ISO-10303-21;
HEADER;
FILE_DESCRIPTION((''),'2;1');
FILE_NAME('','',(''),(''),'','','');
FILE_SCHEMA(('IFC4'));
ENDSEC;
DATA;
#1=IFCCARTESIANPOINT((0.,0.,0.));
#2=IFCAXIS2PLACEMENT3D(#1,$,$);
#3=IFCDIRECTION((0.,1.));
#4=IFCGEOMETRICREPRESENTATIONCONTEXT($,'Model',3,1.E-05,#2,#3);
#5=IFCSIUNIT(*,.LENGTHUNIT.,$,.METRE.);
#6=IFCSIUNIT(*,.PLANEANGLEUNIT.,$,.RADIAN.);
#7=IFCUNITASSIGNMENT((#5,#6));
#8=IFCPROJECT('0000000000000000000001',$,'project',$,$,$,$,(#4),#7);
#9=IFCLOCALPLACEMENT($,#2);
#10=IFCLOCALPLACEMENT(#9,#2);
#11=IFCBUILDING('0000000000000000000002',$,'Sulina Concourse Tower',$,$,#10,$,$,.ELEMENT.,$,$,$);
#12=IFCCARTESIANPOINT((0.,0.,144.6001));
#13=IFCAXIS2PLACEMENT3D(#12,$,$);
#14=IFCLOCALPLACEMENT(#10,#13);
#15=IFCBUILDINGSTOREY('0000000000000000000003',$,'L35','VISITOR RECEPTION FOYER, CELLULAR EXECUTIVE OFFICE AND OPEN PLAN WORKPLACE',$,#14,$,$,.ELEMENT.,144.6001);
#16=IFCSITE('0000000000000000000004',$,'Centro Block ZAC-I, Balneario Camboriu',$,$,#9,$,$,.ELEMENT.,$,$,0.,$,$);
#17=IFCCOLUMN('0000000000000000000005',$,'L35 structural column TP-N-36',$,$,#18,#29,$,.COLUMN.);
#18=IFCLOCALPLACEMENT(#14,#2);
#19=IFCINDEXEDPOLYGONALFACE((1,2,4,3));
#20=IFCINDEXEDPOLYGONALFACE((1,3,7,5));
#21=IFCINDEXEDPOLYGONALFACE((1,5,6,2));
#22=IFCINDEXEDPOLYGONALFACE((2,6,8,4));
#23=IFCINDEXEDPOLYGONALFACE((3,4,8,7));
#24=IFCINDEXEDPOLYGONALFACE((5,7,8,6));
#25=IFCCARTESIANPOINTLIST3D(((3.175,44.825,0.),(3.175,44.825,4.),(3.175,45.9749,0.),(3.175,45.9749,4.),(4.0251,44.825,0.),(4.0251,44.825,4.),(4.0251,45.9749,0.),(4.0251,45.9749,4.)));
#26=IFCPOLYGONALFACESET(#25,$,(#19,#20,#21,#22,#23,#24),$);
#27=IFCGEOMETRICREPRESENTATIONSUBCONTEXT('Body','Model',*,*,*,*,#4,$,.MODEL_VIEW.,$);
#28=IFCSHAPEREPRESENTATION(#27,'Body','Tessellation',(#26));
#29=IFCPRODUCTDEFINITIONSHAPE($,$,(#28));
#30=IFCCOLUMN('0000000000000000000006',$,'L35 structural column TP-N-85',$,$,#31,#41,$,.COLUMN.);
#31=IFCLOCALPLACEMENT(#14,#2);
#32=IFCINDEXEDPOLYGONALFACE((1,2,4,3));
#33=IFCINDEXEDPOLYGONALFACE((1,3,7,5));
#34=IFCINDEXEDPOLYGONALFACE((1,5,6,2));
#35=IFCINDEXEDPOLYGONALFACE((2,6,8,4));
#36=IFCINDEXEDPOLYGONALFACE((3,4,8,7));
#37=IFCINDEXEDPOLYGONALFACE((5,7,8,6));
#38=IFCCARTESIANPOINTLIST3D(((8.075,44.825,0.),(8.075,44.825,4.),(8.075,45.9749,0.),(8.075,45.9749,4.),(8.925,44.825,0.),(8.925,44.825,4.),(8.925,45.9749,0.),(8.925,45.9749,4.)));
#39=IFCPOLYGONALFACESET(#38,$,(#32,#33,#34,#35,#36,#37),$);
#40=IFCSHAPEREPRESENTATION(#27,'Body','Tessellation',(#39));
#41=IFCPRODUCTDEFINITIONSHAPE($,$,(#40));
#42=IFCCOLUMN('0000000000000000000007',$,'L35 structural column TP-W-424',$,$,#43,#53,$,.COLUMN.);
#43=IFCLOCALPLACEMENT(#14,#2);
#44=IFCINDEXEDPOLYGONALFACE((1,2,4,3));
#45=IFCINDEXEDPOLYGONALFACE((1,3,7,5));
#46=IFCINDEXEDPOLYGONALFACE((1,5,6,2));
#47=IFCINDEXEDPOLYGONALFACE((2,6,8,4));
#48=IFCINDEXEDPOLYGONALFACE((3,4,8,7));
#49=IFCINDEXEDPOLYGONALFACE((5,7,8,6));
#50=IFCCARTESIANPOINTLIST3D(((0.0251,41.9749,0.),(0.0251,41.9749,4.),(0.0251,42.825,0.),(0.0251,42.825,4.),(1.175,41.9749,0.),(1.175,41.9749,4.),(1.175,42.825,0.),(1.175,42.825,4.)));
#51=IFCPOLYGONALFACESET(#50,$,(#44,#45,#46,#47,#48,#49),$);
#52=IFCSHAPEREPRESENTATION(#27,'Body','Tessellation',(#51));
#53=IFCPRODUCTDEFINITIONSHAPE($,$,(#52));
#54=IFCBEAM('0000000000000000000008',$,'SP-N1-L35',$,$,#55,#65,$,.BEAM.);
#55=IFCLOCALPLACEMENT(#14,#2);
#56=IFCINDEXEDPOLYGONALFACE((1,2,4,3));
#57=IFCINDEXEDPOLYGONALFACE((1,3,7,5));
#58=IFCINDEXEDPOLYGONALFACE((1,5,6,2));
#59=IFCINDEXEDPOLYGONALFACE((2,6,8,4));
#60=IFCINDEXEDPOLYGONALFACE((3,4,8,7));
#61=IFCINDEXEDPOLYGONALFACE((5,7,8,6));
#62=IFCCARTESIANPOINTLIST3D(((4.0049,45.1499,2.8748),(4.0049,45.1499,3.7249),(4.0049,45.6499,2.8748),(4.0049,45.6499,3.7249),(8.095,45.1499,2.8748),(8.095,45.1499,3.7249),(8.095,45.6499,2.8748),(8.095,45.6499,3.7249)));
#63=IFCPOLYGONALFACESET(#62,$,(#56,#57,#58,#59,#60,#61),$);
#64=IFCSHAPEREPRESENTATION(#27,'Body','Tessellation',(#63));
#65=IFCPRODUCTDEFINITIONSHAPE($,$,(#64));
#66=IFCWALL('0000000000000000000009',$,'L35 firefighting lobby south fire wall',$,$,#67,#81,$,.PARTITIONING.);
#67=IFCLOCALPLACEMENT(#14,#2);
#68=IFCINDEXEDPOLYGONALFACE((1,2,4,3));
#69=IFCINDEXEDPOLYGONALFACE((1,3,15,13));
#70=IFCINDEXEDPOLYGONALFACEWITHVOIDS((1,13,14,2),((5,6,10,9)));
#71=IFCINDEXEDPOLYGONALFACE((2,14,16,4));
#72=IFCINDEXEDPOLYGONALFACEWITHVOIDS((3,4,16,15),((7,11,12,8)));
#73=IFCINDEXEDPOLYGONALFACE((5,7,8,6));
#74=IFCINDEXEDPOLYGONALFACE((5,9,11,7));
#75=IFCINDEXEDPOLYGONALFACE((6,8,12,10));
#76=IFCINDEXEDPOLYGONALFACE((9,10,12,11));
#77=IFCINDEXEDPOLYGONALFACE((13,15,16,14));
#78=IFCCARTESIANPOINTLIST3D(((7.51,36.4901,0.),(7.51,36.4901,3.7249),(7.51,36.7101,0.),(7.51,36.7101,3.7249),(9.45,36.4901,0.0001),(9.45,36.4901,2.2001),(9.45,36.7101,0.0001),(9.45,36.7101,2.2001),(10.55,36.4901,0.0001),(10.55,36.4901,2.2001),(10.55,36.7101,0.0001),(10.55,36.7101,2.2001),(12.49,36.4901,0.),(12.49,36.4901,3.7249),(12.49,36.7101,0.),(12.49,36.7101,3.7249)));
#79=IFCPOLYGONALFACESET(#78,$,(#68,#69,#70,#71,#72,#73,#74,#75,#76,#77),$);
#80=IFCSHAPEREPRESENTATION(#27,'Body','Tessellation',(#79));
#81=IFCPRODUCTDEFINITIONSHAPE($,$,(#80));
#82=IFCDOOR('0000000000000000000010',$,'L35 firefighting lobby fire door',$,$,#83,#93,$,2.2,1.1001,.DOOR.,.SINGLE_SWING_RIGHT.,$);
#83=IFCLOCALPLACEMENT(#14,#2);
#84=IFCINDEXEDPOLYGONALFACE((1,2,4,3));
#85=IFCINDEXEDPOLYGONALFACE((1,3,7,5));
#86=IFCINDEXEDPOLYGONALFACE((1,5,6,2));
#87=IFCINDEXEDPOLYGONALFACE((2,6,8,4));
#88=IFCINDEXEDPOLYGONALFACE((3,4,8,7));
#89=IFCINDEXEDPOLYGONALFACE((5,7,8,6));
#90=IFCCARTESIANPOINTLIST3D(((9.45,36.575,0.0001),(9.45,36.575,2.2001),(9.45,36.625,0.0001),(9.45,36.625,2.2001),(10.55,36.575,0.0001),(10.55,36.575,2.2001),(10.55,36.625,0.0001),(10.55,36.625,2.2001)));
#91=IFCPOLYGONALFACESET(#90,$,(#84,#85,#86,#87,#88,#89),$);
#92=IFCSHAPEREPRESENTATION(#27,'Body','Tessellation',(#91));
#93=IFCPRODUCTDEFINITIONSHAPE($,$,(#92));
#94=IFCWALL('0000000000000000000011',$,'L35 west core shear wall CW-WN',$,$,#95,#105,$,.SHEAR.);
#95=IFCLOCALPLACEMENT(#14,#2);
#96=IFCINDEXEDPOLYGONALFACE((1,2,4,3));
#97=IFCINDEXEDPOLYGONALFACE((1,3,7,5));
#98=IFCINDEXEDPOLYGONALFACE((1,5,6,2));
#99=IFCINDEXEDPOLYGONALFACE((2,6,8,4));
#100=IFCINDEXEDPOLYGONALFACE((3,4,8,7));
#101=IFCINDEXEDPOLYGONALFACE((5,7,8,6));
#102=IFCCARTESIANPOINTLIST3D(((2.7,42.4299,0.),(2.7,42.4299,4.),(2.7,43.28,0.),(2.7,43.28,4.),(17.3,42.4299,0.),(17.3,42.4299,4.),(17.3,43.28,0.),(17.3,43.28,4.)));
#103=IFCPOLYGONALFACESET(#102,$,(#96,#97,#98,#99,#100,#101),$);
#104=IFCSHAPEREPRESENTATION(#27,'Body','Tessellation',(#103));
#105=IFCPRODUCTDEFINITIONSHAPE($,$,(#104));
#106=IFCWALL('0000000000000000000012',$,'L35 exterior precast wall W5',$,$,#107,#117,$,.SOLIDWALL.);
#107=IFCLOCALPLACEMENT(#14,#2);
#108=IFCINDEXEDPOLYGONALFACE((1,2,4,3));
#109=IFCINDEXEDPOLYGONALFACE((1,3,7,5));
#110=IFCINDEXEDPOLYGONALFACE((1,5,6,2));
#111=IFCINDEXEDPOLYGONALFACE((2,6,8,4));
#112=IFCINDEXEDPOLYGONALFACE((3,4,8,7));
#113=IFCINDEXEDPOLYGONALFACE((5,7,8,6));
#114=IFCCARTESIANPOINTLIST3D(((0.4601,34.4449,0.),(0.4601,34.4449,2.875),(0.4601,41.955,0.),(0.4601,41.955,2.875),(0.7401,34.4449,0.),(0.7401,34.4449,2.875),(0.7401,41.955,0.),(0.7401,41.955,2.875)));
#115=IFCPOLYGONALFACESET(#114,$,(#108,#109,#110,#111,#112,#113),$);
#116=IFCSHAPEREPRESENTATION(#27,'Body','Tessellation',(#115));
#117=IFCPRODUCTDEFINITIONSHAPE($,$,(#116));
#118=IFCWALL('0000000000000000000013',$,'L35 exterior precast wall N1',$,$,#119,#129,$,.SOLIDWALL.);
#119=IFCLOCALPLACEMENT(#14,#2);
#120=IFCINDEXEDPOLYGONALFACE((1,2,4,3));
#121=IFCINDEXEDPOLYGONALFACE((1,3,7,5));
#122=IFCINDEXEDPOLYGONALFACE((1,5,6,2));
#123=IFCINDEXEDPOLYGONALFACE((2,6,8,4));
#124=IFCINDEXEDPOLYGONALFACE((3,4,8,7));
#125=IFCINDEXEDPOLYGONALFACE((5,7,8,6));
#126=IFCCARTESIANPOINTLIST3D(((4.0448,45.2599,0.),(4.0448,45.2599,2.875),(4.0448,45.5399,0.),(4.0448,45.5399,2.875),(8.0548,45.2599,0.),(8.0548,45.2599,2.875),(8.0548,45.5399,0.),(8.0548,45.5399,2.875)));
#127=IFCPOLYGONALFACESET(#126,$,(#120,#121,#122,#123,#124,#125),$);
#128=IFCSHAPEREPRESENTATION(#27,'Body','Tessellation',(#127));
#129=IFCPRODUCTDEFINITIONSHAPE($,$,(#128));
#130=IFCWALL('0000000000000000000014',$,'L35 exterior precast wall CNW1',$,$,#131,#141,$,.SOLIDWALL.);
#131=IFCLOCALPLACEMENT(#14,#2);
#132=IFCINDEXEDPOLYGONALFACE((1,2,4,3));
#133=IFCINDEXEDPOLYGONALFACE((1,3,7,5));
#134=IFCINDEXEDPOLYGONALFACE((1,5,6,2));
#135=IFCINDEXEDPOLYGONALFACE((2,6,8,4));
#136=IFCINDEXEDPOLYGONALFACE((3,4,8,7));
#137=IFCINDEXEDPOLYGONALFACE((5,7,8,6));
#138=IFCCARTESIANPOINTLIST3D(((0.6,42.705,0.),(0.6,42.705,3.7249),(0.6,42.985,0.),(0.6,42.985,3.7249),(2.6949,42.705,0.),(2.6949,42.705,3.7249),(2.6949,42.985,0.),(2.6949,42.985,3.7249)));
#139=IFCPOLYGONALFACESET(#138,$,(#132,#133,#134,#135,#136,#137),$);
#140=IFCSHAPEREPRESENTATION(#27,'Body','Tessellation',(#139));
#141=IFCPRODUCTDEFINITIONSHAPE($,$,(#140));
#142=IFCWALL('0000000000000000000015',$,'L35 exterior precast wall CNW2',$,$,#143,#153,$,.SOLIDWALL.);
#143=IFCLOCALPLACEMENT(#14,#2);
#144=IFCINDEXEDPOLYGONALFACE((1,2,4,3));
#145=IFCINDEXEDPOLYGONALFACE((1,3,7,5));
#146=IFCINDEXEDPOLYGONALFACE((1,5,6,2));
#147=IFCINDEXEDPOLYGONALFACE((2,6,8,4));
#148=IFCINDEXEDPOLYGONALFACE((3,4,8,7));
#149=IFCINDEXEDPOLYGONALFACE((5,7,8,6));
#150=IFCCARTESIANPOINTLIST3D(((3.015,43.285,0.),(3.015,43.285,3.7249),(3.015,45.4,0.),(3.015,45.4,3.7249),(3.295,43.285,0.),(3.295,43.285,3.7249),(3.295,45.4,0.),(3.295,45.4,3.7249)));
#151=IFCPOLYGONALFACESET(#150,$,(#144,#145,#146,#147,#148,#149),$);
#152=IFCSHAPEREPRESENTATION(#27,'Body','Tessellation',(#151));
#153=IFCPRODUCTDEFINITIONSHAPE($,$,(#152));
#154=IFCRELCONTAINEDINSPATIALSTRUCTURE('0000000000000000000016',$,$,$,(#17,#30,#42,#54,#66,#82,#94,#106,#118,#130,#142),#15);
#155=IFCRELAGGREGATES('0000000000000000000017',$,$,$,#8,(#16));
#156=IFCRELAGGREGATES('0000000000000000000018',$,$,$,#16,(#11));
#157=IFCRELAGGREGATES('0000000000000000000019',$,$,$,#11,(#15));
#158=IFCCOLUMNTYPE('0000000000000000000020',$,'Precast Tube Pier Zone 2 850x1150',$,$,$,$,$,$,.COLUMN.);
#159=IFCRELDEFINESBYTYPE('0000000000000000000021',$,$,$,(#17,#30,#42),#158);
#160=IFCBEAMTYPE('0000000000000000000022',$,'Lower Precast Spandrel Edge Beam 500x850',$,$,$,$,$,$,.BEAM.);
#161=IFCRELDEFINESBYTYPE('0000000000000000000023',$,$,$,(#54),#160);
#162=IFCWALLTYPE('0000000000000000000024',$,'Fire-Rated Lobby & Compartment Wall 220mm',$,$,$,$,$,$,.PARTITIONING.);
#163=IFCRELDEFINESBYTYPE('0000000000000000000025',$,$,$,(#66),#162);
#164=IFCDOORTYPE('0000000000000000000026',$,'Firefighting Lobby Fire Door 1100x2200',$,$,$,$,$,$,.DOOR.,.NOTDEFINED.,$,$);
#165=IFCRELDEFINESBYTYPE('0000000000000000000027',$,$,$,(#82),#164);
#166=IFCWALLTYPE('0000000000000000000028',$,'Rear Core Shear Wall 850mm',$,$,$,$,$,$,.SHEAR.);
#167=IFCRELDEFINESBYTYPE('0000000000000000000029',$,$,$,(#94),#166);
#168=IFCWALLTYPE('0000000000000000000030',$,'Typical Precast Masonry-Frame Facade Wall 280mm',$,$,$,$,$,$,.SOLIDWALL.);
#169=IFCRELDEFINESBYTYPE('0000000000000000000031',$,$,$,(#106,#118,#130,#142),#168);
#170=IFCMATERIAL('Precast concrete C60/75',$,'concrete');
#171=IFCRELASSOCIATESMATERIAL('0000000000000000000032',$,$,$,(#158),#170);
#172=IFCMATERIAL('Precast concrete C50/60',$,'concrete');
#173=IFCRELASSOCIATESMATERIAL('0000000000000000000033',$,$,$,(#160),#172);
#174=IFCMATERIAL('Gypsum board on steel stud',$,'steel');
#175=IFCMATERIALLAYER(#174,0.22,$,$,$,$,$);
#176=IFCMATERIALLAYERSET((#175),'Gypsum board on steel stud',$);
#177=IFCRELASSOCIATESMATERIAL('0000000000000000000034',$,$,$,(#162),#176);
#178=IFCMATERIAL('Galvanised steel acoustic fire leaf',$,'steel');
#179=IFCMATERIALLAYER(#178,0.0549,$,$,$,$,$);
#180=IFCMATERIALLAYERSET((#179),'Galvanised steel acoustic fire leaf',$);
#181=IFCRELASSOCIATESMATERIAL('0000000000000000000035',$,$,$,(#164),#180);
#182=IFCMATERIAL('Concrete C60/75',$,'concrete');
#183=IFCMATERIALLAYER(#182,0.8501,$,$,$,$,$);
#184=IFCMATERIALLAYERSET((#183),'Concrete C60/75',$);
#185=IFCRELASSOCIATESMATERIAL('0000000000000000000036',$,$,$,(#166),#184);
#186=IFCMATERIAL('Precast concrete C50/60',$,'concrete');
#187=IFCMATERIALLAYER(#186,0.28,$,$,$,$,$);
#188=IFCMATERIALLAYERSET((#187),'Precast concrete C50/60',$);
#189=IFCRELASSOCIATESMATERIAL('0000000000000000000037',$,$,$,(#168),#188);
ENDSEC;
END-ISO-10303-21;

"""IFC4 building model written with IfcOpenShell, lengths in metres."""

from ifc_helpers import new_model, si_unit, direction, frame, frame_2d, origin, origin_2d, place, context, subcontext, project, spatial, rectangle, extrude, material, layer, layer_set, material_profile, profile_set, type_object, element, fill, save


model = new_model("IFC4")

# Units and contexts
model_context = context("Model", 3, precision=1e-05, world=origin(), true_north=direction((0.0, 1.0)))
body_context = subcontext(model_context, "Body", "Model", "MODEL_VIEW")
ifc_project = project(units=[si_unit("LENGTHUNIT", "METRE"), si_unit("PLANEANGLEUNIT", "RADIAN")], contexts=[model_context])

# Site, building, storey
site_placement = place(None, origin())
site = spatial("IfcSite", under=ifc_project, at=site_placement, Name="Centro Block ZAC-I, Balneario Camboriu", CompositionType="ELEMENT", RefElevation=0.0)
building_placement = place(site_placement, origin())
building = spatial("IfcBuilding", under=site, at=building_placement, Name="Sulina Concourse Tower", CompositionType="ELEMENT")
storey_placement = place(building_placement, frame((0.0, 0.0, 144.6001)))
storey = spatial("IfcBuildingStorey", under=building, at=storey_placement, Name="L35", Description="VISITOR RECEPTION FOYER, CELLULAR EXECUTIVE OFFICE AND OPEN PLAN WORKPLACE", CompositionType="ELEMENT", Elevation=144.6001)

# Columns
ifc_material_1 = material(Name="Precast concrete C60/75", Category="concrete")
ifc_material_profile_1 = material_profile(ifc_material_1, rectangle(XDim=0.8501, YDim=1.1499, at=origin_2d()), Name="PC 850x1150")
ifc_profile_set_1 = profile_set([ifc_material_profile_1], Name="Precast concrete C60/75")
column_type = type_object("IfcColumnType", Name="Precast Tube Pier Zone 2 850x1150", PredefinedType="COLUMN", material=ifc_profile_set_1)
for number, where, z_axis, x_axis, name in (
    (1, (3.6001, 45.3999, 0.0), (0.0, 0.0, 1.0), (1.0, 0.0, 0.0), "L35 structural column TP-N-36"),
    (2, (8.5, 45.3999, 0.0), (0.0, 0.0, 1.0), (1.0, 0.0, 0.0), "L35 structural column TP-N-85"),
    (3, (0.6001, 42.3999, 0.0), (0.0, 0.0, 1.0), (0.0, 1.0, 0.0), "L35 structural column TP-W-424"),
):
    element("IfcColumn", number, at=place(storey_placement, frame(where, z_axis=z_axis, x_axis=x_axis)), inside=storey, type_object=column_type, Name=name, PredefinedType="COLUMN", context=body_context, shape_type="SweptSolid", body=[
        extrude(rectangle(XDim=0.8501, YDim=1.1499, at=origin_2d()), origin(), (0.0, 0.0, 1.0), 4.0),
    ])

# Beam
ifc_material_2 = material(Name="Precast concrete C50/60", Category="concrete")
ifc_material_profile_2 = material_profile(ifc_material_2, rectangle(XDim=0.5, YDim=0.8501, at=origin_2d()), Name="RC 500x850")
ifc_profile_set_2 = profile_set([ifc_material_profile_2], Name="Precast concrete C50/60")
beam_type = type_object("IfcBeamType", Name="Lower Precast Spandrel Edge Beam 500x850", PredefinedType="BEAM", material=ifc_profile_set_2)
beam_placement = place(storey_placement, frame((4.0049, 45.3999, 3.2998), z_axis=(1.0, 0.0, 0.0), x_axis=(0.0, 1.0, 0.0)))
element("IfcBeam", 4, at=beam_placement, inside=storey, type_object=beam_type, Name="SP-N1-L35", PredefinedType="BEAM", context=body_context, shape_type="SweptSolid", body=[
    extrude(rectangle(XDim=0.5, YDim=0.8501, at=origin_2d()), origin(), (0.0, 0.0, 1.0), 4.0901),
])

# Wall, opening, door
ifc_material_3 = material(Name="Gypsum board on steel stud", Category="steel")
ifc_layer_1 = layer(ifc_material_3, 0.22)
ifc_layer_set_1 = layer_set([ifc_layer_1], Name="Gypsum board on steel stud")
wall_type_1 = type_object("IfcWallType", Name="Fire-Rated Lobby & Compartment Wall 220mm", PredefinedType="PARTITIONING", material=ifc_layer_set_1)
wall_1_placement = place(storey_placement, frame((7.51, 36.6001, 0.0), z_axis=(0.0, 0.0, 1.0), x_axis=(1.0, 0.0, 0.0)))
wall_1 = element("IfcWall", 5, at=wall_1_placement, inside=storey, type_object=wall_type_1, Name="L35 firefighting lobby south fire wall", PredefinedType="PARTITIONING", context=body_context, shape_type="SweptSolid", body=[
    extrude(rectangle(XDim=4.98, YDim=0.22, at=frame_2d((2.49, 0.0))), origin(), (0.0, 0.0, 1.0), 3.7249),
])
opening_placement = place(wall_1_placement, frame((1.9399, 0.0, 0.0)))
opening = element("IfcOpeningElement", 6, at=opening_placement, cuts=wall_1, PredefinedType="OPENING", context=body_context, shape_type="SweptSolid", body=[
    extrude(rectangle(XDim=1.1001, YDim=2.2, at=frame_2d((0.55, 1.1001))), frame((0.0, 0.1199, 0.0), z_axis=(0.0, -1.0, 0.0), x_axis=(1.0, 0.0, 0.0)), (0.0, 0.0, 1.0), 0.24),
])
ifc_material_4 = material(Name="Galvanised steel acoustic fire leaf", Category="steel")
ifc_layer_2 = layer(ifc_material_4, 0.0549)
ifc_layer_set_2 = layer_set([ifc_layer_2], Name="Galvanised steel acoustic fire leaf")
door_type = type_object("IfcDoorType", Name="Firefighting Lobby Fire Door 1100x2200", OperationType="NOTDEFINED", PredefinedType="DOOR", material=ifc_layer_set_2)
door_placement = place(opening_placement, origin())
door = element("IfcDoor", 7, at=door_placement, inside=storey, type_object=door_type, Name="L35 firefighting lobby fire door", OperationType="SINGLE_SWING_RIGHT", OverallHeight=2.2, OverallWidth=1.1001, PredefinedType="DOOR", context=body_context, shape_type="SweptSolid", body=[
    extrude(rectangle(XDim=1.1001, YDim=2.2, at=frame_2d((0.55, 1.1001))), frame((0.0, 0.0249, 0.0), z_axis=(0.0, -1.0, 0.0), x_axis=(1.0, 0.0, 0.0)), (0.0, 0.0, 1.0), 0.05),
])
fill(opening, door)

# Walls
ifc_material_5 = material(Name="Concrete C60/75", Category="concrete")
ifc_layer_3 = layer(ifc_material_5, 0.8501)
ifc_layer_set_3 = layer_set([ifc_layer_3], Name="Concrete C60/75")
wall_type_2 = type_object("IfcWallType", Name="Rear Core Shear Wall 850mm", PredefinedType="SHEAR", material=ifc_layer_set_3)
wall_2_placement = place(storey_placement, frame((2.7, 42.855, 0.0), z_axis=(0.0, 0.0, 1.0), x_axis=(1.0, 0.0, 0.0)))
element("IfcWall", 8, at=wall_2_placement, inside=storey, type_object=wall_type_2, Name="L35 west core shear wall CW-WN", PredefinedType="SHEAR", context=body_context, shape_type="SweptSolid", body=[
    extrude(rectangle(XDim=14.6001, YDim=0.8501, at=frame_2d((7.3, 0.0))), origin(), (0.0, 0.0, 1.0), 4.0),
])
ifc_material_6 = material(Name="Precast concrete C50/60", Category="concrete")
ifc_layer_4 = layer(ifc_material_6, 0.28)
ifc_layer_set_4 = layer_set([ifc_layer_4], Name="Precast concrete C50/60")
wall_type_3 = type_object("IfcWallType", Name="Typical Precast Masonry-Frame Facade Wall 280mm", PredefinedType="SOLIDWALL", material=ifc_layer_set_4)
wall_3_placement = place(storey_placement, frame((0.6001, 34.4451, 0.0), z_axis=(0.0, 0.0, 1.0), x_axis=(0.0, 1.0, 0.0)))
element("IfcWall", 9, at=wall_3_placement, inside=storey, type_object=wall_type_3, Name="L35 exterior precast wall W5", PredefinedType="SOLIDWALL", context=body_context, shape_type="SweptSolid", body=[
    extrude(rectangle(XDim=7.51, YDim=0.28, at=frame_2d((3.7549, 0.0))), origin(), (0.0, 0.0, 1.0), 2.875),
])
wall_4_placement = place(storey_placement, frame((4.0449, 45.3999, 0.0), z_axis=(0.0, 0.0, 1.0), x_axis=(1.0, 0.0, 0.0)))
element("IfcWall", 10, at=wall_4_placement, inside=storey, type_object=wall_type_3, Name="L35 exterior precast wall N1", PredefinedType="SOLIDWALL", context=body_context, shape_type="SweptSolid", body=[
    extrude(rectangle(XDim=4.01, YDim=0.28, at=frame_2d((2.0049, 0.0))), origin(), (0.0, 0.0, 1.0), 2.875),
])
wall_5_placement = place(storey_placement, frame((0.6001, 42.845, 0.0), z_axis=(0.0, 0.0, 1.0), x_axis=(1.0, 0.0, 0.0)))
element("IfcWall", 11, at=wall_5_placement, inside=storey, type_object=wall_type_3, Name="L35 exterior precast wall CNW1", PredefinedType="SOLIDWALL", context=body_context, shape_type="SweptSolid", body=[
    extrude(rectangle(XDim=2.095, YDim=0.28, at=frame_2d((1.0474, 0.0))), origin(), (0.0, 0.0, 1.0), 3.7249),
])
wall_6_placement = place(storey_placement, frame((3.155, 43.2849, 0.0), z_axis=(0.0, 0.0, 1.0), x_axis=(0.0, 1.0, 0.0)))
element("IfcWall", 12, at=wall_6_placement, inside=storey, type_object=wall_type_3, Name="L35 exterior precast wall CNW2", PredefinedType="SOLIDWALL", context=body_context, shape_type="SweptSolid", body=[
    extrude(rectangle(XDim=2.115, YDim=0.28, at=frame_2d((1.0576, 0.0))), origin(), (0.0, 0.0, 1.0), 3.7249),
])

save(model, "model.ifc")
